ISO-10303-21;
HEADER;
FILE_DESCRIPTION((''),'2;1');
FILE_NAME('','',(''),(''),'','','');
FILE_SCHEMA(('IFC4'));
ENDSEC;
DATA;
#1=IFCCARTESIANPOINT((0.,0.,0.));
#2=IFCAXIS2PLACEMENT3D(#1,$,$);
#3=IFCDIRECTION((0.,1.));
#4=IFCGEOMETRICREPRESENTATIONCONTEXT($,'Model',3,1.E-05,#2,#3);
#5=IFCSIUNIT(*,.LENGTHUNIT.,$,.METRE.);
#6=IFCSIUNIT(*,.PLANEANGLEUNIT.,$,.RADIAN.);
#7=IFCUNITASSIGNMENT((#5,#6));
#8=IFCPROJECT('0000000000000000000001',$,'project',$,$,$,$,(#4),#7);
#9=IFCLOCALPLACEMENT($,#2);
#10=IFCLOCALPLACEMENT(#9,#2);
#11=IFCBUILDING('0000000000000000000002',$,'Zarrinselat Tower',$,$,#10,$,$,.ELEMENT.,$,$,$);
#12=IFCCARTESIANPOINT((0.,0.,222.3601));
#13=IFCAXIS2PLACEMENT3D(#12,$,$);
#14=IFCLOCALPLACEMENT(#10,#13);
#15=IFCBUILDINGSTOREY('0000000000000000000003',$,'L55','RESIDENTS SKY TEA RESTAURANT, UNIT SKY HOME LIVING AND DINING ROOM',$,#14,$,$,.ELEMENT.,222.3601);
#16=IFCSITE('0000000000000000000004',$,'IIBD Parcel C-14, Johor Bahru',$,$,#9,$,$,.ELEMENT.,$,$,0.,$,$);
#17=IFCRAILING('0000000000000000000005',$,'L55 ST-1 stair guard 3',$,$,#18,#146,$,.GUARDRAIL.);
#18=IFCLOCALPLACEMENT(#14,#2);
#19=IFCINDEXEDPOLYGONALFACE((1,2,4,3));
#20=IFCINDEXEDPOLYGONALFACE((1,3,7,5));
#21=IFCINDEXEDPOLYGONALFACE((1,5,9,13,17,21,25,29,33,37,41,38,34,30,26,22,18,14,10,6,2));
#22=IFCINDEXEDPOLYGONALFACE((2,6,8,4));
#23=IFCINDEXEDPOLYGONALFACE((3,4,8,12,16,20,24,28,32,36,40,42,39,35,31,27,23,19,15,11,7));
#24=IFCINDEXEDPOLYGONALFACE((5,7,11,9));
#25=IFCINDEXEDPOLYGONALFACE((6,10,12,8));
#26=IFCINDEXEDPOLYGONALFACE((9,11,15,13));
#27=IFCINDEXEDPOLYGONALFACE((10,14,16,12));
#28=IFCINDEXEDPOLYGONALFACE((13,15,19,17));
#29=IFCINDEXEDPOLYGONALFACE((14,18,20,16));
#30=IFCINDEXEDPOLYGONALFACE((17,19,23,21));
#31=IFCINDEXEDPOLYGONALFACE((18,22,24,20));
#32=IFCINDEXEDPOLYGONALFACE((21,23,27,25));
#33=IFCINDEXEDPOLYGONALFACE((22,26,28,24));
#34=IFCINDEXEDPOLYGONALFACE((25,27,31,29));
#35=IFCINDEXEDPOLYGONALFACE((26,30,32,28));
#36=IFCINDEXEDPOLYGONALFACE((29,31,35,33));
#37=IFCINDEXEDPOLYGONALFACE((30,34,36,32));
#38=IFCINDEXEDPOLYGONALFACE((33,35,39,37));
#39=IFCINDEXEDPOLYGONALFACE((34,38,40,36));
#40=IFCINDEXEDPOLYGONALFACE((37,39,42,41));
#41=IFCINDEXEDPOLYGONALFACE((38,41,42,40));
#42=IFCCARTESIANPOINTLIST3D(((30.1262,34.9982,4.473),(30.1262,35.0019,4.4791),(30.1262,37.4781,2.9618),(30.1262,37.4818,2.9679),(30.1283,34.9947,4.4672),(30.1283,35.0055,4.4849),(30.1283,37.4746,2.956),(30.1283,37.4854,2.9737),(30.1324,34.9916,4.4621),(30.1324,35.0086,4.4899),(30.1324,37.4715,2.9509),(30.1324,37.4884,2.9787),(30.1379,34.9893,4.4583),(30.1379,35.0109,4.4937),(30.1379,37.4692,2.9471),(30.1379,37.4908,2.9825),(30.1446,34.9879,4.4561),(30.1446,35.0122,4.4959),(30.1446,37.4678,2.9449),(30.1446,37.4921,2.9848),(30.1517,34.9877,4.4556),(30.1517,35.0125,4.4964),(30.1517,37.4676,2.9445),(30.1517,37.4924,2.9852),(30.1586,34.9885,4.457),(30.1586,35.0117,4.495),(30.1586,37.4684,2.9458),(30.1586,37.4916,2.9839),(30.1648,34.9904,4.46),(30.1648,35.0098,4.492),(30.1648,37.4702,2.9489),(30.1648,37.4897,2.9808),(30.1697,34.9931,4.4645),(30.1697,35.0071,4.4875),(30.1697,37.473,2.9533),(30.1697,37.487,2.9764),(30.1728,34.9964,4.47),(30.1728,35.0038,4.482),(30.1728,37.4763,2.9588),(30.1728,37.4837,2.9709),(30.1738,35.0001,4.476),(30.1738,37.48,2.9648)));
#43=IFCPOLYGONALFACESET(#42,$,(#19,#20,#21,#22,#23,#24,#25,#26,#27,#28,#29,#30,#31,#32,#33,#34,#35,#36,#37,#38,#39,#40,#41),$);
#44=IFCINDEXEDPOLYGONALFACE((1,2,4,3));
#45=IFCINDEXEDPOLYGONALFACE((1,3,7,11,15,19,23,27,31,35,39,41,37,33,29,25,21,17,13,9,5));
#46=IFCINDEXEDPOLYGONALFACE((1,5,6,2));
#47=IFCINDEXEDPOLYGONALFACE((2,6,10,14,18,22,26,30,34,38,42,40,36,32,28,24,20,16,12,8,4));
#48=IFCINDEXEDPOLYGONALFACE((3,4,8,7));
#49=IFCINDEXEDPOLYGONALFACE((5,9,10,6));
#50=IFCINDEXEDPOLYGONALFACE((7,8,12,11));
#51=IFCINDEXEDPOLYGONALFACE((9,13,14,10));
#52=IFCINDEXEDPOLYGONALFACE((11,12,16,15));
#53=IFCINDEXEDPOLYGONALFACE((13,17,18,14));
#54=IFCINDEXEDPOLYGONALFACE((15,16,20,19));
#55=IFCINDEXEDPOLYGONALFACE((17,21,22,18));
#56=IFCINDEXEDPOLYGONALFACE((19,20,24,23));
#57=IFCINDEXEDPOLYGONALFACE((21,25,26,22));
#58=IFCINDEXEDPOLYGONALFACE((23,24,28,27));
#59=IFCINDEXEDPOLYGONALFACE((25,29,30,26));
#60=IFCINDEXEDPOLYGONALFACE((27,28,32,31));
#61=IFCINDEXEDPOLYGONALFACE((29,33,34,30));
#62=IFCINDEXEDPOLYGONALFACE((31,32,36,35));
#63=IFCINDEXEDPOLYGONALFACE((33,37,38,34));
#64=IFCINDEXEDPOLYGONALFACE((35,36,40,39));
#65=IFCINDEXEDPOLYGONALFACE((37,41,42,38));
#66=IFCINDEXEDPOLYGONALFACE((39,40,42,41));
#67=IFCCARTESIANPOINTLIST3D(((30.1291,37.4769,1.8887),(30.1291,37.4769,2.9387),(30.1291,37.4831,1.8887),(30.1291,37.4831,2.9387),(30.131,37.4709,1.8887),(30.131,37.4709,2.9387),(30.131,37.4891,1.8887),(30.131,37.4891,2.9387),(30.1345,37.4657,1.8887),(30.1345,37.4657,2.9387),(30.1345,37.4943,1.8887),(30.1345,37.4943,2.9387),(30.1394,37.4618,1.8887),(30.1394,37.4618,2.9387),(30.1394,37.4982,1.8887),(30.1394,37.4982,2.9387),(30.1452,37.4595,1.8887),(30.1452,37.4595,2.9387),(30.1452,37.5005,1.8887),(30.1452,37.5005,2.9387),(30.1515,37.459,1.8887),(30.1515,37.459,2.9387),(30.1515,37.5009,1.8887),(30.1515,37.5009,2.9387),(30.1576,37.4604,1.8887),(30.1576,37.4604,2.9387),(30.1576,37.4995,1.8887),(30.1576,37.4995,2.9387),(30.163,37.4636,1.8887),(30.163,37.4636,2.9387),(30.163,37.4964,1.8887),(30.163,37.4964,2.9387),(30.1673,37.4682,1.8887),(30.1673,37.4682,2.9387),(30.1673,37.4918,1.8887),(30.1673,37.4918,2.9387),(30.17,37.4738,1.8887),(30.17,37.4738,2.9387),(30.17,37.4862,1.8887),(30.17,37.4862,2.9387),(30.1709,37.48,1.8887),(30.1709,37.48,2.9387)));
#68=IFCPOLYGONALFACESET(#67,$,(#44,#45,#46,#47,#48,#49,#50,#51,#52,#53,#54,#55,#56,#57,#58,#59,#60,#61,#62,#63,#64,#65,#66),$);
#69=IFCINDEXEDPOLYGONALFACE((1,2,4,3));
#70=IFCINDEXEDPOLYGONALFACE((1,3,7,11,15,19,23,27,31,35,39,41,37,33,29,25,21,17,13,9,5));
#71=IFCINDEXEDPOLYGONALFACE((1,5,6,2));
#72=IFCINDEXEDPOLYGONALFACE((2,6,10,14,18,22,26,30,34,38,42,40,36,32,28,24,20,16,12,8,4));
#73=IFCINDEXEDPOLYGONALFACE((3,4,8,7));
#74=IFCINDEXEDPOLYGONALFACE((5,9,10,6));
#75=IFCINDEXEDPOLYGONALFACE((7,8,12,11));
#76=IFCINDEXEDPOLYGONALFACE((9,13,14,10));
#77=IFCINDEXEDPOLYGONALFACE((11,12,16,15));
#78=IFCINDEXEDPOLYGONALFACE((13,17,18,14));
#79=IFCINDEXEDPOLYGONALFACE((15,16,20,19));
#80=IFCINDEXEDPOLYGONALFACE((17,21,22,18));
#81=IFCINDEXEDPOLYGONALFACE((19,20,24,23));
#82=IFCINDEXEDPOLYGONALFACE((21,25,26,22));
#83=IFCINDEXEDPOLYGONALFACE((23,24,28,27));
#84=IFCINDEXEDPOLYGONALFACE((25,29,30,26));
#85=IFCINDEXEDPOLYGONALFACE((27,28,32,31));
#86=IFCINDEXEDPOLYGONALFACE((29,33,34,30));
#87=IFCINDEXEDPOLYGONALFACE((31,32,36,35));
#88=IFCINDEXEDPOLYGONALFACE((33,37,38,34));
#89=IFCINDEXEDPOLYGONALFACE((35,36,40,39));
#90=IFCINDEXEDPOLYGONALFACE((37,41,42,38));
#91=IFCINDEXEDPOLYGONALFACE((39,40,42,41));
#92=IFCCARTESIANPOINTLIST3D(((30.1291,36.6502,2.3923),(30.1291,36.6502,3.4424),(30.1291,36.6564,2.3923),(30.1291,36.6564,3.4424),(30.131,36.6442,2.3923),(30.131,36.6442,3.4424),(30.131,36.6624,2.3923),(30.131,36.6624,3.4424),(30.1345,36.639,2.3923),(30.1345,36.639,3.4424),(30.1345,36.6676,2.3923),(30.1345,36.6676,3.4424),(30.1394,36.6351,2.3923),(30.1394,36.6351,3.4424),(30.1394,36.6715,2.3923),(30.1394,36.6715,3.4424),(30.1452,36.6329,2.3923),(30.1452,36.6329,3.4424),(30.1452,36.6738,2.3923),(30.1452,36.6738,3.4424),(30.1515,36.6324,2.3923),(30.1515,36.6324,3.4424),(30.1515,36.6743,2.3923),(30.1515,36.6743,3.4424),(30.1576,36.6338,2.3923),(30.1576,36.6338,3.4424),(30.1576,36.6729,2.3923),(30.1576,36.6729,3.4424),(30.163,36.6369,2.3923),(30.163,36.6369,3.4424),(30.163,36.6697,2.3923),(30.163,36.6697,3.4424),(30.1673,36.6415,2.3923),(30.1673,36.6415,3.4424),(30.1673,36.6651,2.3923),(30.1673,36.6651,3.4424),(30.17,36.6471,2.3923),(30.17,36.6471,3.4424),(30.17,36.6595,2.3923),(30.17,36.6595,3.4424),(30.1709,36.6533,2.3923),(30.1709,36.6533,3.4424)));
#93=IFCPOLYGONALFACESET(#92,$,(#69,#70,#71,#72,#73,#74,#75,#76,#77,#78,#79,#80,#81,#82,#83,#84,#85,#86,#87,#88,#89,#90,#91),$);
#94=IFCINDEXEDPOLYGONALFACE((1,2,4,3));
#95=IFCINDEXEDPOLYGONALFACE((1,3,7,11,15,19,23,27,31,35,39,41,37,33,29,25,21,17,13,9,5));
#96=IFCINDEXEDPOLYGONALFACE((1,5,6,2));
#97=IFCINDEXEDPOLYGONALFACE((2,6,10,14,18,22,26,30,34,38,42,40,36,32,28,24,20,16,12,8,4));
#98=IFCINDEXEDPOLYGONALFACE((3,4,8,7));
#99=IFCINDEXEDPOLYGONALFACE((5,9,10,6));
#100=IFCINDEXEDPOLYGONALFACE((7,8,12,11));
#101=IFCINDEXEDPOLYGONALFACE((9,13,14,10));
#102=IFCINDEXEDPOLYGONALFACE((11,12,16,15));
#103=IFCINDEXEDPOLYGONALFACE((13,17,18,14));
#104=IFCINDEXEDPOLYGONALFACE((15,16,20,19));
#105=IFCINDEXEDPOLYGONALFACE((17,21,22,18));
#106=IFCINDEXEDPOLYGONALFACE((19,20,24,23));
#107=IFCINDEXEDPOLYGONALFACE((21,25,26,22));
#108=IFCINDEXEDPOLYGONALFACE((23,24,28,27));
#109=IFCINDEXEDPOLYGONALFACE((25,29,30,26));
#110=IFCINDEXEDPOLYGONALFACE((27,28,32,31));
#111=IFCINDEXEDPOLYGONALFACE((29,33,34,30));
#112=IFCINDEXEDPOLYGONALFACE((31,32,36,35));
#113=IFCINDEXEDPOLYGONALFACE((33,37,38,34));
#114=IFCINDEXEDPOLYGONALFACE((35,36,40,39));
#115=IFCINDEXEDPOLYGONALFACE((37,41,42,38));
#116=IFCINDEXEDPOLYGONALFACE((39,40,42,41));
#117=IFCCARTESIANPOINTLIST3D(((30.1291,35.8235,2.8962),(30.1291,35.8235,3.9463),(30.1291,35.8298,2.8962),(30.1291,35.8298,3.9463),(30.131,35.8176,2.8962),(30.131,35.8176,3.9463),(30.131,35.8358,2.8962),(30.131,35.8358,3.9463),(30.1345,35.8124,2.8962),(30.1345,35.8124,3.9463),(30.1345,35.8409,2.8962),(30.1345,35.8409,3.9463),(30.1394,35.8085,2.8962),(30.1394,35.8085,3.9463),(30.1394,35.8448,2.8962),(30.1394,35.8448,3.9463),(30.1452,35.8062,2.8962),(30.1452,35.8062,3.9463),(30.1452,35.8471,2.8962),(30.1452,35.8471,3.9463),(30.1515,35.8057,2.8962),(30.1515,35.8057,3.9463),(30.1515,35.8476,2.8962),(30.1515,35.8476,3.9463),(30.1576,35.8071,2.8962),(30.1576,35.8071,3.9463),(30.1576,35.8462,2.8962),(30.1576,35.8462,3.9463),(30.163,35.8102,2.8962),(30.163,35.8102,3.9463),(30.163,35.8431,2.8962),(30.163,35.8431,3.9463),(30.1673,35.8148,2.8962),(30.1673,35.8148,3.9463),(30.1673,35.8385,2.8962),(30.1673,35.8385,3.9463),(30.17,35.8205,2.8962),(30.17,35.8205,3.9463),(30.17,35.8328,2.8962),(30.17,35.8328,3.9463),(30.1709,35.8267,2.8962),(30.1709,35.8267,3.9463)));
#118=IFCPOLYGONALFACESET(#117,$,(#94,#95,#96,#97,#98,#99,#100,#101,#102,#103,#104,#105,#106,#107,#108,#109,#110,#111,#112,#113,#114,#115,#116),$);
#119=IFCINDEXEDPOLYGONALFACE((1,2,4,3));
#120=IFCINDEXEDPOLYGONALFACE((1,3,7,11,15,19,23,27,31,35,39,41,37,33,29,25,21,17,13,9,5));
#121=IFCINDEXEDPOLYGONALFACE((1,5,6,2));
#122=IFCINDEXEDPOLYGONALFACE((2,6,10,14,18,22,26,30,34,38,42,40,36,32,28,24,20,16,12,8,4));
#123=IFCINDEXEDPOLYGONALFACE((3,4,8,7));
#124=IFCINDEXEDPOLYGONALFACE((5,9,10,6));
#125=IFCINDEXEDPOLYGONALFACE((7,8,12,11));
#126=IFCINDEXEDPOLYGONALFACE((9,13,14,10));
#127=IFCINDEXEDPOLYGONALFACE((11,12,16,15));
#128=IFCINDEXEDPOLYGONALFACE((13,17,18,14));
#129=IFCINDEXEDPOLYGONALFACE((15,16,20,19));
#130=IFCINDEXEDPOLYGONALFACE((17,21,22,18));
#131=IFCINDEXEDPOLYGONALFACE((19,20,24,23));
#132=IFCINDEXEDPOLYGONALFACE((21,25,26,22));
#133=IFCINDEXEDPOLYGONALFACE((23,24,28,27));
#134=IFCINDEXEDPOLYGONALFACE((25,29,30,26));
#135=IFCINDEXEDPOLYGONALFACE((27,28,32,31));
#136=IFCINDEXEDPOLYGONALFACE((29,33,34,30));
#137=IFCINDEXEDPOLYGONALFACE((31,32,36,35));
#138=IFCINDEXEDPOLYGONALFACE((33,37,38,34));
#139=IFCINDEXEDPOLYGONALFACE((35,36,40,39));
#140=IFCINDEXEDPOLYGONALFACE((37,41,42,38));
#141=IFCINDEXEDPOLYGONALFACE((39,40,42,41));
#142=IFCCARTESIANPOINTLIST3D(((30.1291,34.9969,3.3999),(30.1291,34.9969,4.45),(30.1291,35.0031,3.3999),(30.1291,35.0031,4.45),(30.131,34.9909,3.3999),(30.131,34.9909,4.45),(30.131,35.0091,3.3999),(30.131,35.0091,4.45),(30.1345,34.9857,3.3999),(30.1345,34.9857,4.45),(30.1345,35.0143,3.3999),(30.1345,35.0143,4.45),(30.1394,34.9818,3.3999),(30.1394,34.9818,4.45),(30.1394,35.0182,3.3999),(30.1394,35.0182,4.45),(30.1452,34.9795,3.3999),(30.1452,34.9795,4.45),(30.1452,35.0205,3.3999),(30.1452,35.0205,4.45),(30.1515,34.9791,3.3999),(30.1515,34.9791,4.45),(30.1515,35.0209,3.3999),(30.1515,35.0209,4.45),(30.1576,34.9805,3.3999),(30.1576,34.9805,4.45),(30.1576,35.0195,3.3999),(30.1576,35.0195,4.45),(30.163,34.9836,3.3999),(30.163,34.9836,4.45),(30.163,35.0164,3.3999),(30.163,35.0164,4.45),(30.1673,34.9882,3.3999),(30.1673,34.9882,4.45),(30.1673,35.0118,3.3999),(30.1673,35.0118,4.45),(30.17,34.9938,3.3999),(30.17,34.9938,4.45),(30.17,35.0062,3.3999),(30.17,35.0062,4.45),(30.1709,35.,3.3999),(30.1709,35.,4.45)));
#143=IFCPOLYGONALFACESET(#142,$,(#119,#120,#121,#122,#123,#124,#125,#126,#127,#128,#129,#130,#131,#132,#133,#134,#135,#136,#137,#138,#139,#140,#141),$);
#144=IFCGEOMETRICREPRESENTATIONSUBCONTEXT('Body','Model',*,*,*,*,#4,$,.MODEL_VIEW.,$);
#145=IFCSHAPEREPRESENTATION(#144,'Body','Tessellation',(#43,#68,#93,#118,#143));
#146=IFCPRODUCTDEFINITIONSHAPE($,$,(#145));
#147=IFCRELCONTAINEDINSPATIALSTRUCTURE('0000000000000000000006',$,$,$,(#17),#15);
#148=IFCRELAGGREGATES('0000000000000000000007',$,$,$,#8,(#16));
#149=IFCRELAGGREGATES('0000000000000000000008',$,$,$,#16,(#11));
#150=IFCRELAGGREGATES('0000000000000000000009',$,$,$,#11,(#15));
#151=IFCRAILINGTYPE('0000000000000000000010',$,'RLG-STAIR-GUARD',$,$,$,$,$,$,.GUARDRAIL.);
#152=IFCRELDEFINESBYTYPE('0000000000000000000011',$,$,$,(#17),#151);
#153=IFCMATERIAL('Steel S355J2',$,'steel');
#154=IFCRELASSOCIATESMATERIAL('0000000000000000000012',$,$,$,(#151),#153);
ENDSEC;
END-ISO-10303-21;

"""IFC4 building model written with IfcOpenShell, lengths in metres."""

from ifc_helpers import new_model, si_unit, direction, frame, origin, origin_2d, place, context, subcontext, project, spatial, circle, extrude, material, type_object, element, save


model = new_model("IFC4")

# Units and contexts
model_context = context("Model", 3, precision=1e-05, world=origin(), true_north=direction((0.0, 1.0)))
body_context = subcontext(model_context, "Body", "Model", "MODEL_VIEW")
ifc_project = project(units=[si_unit("LENGTHUNIT", "METRE"), si_unit("PLANEANGLEUNIT", "RADIAN")], contexts=[model_context])

# Site, building, storey
site_placement = place(None, origin())
site = spatial("IfcSite", under=ifc_project, at=site_placement, Name="IIBD Parcel C-14, Johor Bahru", CompositionType="ELEMENT", RefElevation=0.0)
building_placement = place(site_placement, origin())
building = spatial("IfcBuilding", under=site, at=building_placement, Name="Zarrinselat Tower", CompositionType="ELEMENT")
storey_placement = place(building_placement, frame((0.0, 0.0, 222.3601)))
storey = spatial("IfcBuildingStorey", under=building, at=storey_placement, Name="L55", Description="RESIDENTS SKY TEA RESTAURANT, UNIT SKY HOME LIVING AND DINING ROOM", CompositionType="ELEMENT", Elevation=222.3601)

# Railing
ifc_material_1 = material(Name="Steel S355J2", Category="steel")
railing_type_1 = type_object("IfcRailingType", Name="RLG-STAIR-GUARD", PredefinedType="GUARDRAIL", material=ifc_material_1)
railing_1_placement = place(storey_placement, frame((30.1499, 37.48, 1.8887)))
element("IfcRailing", 1, at=railing_1_placement, inside=storey, type_object=railing_type_1, Name="L55 ST-1 stair guard 3", PredefinedType="GUARDRAIL", context=body_context, shape_type="SweptSolid", body=[
    extrude(circle(Radius=0.0239, at=origin_2d()), frame((0.0, 0.0, 1.0762), z_axis=(0.0, -0.853942, 0.520368), x_axis=(1.0, 0.0, 0.0)), (0.0, 0.0, 1.0), 2.9041),
    extrude(circle(Radius=0.021, at=origin_2d()), origin(), (0.0, 0.0, 1.0), 1.05),
    extrude(circle(Radius=0.021, at=origin_2d()), frame((0.0, -0.8267, 0.5037)), (0.0, 0.0, 1.0), 1.05),
    extrude(circle(Radius=0.021, at=origin_2d()), frame((0.0, -1.6533, 1.0076)), (0.0, 0.0, 1.0), 1.05),
    extrude(circle(Radius=0.021, at=origin_2d()), frame((0.0, -2.48, 1.5112)), (0.0, 0.0, 1.0), 1.05),
])

save(model, "model.ifc")
